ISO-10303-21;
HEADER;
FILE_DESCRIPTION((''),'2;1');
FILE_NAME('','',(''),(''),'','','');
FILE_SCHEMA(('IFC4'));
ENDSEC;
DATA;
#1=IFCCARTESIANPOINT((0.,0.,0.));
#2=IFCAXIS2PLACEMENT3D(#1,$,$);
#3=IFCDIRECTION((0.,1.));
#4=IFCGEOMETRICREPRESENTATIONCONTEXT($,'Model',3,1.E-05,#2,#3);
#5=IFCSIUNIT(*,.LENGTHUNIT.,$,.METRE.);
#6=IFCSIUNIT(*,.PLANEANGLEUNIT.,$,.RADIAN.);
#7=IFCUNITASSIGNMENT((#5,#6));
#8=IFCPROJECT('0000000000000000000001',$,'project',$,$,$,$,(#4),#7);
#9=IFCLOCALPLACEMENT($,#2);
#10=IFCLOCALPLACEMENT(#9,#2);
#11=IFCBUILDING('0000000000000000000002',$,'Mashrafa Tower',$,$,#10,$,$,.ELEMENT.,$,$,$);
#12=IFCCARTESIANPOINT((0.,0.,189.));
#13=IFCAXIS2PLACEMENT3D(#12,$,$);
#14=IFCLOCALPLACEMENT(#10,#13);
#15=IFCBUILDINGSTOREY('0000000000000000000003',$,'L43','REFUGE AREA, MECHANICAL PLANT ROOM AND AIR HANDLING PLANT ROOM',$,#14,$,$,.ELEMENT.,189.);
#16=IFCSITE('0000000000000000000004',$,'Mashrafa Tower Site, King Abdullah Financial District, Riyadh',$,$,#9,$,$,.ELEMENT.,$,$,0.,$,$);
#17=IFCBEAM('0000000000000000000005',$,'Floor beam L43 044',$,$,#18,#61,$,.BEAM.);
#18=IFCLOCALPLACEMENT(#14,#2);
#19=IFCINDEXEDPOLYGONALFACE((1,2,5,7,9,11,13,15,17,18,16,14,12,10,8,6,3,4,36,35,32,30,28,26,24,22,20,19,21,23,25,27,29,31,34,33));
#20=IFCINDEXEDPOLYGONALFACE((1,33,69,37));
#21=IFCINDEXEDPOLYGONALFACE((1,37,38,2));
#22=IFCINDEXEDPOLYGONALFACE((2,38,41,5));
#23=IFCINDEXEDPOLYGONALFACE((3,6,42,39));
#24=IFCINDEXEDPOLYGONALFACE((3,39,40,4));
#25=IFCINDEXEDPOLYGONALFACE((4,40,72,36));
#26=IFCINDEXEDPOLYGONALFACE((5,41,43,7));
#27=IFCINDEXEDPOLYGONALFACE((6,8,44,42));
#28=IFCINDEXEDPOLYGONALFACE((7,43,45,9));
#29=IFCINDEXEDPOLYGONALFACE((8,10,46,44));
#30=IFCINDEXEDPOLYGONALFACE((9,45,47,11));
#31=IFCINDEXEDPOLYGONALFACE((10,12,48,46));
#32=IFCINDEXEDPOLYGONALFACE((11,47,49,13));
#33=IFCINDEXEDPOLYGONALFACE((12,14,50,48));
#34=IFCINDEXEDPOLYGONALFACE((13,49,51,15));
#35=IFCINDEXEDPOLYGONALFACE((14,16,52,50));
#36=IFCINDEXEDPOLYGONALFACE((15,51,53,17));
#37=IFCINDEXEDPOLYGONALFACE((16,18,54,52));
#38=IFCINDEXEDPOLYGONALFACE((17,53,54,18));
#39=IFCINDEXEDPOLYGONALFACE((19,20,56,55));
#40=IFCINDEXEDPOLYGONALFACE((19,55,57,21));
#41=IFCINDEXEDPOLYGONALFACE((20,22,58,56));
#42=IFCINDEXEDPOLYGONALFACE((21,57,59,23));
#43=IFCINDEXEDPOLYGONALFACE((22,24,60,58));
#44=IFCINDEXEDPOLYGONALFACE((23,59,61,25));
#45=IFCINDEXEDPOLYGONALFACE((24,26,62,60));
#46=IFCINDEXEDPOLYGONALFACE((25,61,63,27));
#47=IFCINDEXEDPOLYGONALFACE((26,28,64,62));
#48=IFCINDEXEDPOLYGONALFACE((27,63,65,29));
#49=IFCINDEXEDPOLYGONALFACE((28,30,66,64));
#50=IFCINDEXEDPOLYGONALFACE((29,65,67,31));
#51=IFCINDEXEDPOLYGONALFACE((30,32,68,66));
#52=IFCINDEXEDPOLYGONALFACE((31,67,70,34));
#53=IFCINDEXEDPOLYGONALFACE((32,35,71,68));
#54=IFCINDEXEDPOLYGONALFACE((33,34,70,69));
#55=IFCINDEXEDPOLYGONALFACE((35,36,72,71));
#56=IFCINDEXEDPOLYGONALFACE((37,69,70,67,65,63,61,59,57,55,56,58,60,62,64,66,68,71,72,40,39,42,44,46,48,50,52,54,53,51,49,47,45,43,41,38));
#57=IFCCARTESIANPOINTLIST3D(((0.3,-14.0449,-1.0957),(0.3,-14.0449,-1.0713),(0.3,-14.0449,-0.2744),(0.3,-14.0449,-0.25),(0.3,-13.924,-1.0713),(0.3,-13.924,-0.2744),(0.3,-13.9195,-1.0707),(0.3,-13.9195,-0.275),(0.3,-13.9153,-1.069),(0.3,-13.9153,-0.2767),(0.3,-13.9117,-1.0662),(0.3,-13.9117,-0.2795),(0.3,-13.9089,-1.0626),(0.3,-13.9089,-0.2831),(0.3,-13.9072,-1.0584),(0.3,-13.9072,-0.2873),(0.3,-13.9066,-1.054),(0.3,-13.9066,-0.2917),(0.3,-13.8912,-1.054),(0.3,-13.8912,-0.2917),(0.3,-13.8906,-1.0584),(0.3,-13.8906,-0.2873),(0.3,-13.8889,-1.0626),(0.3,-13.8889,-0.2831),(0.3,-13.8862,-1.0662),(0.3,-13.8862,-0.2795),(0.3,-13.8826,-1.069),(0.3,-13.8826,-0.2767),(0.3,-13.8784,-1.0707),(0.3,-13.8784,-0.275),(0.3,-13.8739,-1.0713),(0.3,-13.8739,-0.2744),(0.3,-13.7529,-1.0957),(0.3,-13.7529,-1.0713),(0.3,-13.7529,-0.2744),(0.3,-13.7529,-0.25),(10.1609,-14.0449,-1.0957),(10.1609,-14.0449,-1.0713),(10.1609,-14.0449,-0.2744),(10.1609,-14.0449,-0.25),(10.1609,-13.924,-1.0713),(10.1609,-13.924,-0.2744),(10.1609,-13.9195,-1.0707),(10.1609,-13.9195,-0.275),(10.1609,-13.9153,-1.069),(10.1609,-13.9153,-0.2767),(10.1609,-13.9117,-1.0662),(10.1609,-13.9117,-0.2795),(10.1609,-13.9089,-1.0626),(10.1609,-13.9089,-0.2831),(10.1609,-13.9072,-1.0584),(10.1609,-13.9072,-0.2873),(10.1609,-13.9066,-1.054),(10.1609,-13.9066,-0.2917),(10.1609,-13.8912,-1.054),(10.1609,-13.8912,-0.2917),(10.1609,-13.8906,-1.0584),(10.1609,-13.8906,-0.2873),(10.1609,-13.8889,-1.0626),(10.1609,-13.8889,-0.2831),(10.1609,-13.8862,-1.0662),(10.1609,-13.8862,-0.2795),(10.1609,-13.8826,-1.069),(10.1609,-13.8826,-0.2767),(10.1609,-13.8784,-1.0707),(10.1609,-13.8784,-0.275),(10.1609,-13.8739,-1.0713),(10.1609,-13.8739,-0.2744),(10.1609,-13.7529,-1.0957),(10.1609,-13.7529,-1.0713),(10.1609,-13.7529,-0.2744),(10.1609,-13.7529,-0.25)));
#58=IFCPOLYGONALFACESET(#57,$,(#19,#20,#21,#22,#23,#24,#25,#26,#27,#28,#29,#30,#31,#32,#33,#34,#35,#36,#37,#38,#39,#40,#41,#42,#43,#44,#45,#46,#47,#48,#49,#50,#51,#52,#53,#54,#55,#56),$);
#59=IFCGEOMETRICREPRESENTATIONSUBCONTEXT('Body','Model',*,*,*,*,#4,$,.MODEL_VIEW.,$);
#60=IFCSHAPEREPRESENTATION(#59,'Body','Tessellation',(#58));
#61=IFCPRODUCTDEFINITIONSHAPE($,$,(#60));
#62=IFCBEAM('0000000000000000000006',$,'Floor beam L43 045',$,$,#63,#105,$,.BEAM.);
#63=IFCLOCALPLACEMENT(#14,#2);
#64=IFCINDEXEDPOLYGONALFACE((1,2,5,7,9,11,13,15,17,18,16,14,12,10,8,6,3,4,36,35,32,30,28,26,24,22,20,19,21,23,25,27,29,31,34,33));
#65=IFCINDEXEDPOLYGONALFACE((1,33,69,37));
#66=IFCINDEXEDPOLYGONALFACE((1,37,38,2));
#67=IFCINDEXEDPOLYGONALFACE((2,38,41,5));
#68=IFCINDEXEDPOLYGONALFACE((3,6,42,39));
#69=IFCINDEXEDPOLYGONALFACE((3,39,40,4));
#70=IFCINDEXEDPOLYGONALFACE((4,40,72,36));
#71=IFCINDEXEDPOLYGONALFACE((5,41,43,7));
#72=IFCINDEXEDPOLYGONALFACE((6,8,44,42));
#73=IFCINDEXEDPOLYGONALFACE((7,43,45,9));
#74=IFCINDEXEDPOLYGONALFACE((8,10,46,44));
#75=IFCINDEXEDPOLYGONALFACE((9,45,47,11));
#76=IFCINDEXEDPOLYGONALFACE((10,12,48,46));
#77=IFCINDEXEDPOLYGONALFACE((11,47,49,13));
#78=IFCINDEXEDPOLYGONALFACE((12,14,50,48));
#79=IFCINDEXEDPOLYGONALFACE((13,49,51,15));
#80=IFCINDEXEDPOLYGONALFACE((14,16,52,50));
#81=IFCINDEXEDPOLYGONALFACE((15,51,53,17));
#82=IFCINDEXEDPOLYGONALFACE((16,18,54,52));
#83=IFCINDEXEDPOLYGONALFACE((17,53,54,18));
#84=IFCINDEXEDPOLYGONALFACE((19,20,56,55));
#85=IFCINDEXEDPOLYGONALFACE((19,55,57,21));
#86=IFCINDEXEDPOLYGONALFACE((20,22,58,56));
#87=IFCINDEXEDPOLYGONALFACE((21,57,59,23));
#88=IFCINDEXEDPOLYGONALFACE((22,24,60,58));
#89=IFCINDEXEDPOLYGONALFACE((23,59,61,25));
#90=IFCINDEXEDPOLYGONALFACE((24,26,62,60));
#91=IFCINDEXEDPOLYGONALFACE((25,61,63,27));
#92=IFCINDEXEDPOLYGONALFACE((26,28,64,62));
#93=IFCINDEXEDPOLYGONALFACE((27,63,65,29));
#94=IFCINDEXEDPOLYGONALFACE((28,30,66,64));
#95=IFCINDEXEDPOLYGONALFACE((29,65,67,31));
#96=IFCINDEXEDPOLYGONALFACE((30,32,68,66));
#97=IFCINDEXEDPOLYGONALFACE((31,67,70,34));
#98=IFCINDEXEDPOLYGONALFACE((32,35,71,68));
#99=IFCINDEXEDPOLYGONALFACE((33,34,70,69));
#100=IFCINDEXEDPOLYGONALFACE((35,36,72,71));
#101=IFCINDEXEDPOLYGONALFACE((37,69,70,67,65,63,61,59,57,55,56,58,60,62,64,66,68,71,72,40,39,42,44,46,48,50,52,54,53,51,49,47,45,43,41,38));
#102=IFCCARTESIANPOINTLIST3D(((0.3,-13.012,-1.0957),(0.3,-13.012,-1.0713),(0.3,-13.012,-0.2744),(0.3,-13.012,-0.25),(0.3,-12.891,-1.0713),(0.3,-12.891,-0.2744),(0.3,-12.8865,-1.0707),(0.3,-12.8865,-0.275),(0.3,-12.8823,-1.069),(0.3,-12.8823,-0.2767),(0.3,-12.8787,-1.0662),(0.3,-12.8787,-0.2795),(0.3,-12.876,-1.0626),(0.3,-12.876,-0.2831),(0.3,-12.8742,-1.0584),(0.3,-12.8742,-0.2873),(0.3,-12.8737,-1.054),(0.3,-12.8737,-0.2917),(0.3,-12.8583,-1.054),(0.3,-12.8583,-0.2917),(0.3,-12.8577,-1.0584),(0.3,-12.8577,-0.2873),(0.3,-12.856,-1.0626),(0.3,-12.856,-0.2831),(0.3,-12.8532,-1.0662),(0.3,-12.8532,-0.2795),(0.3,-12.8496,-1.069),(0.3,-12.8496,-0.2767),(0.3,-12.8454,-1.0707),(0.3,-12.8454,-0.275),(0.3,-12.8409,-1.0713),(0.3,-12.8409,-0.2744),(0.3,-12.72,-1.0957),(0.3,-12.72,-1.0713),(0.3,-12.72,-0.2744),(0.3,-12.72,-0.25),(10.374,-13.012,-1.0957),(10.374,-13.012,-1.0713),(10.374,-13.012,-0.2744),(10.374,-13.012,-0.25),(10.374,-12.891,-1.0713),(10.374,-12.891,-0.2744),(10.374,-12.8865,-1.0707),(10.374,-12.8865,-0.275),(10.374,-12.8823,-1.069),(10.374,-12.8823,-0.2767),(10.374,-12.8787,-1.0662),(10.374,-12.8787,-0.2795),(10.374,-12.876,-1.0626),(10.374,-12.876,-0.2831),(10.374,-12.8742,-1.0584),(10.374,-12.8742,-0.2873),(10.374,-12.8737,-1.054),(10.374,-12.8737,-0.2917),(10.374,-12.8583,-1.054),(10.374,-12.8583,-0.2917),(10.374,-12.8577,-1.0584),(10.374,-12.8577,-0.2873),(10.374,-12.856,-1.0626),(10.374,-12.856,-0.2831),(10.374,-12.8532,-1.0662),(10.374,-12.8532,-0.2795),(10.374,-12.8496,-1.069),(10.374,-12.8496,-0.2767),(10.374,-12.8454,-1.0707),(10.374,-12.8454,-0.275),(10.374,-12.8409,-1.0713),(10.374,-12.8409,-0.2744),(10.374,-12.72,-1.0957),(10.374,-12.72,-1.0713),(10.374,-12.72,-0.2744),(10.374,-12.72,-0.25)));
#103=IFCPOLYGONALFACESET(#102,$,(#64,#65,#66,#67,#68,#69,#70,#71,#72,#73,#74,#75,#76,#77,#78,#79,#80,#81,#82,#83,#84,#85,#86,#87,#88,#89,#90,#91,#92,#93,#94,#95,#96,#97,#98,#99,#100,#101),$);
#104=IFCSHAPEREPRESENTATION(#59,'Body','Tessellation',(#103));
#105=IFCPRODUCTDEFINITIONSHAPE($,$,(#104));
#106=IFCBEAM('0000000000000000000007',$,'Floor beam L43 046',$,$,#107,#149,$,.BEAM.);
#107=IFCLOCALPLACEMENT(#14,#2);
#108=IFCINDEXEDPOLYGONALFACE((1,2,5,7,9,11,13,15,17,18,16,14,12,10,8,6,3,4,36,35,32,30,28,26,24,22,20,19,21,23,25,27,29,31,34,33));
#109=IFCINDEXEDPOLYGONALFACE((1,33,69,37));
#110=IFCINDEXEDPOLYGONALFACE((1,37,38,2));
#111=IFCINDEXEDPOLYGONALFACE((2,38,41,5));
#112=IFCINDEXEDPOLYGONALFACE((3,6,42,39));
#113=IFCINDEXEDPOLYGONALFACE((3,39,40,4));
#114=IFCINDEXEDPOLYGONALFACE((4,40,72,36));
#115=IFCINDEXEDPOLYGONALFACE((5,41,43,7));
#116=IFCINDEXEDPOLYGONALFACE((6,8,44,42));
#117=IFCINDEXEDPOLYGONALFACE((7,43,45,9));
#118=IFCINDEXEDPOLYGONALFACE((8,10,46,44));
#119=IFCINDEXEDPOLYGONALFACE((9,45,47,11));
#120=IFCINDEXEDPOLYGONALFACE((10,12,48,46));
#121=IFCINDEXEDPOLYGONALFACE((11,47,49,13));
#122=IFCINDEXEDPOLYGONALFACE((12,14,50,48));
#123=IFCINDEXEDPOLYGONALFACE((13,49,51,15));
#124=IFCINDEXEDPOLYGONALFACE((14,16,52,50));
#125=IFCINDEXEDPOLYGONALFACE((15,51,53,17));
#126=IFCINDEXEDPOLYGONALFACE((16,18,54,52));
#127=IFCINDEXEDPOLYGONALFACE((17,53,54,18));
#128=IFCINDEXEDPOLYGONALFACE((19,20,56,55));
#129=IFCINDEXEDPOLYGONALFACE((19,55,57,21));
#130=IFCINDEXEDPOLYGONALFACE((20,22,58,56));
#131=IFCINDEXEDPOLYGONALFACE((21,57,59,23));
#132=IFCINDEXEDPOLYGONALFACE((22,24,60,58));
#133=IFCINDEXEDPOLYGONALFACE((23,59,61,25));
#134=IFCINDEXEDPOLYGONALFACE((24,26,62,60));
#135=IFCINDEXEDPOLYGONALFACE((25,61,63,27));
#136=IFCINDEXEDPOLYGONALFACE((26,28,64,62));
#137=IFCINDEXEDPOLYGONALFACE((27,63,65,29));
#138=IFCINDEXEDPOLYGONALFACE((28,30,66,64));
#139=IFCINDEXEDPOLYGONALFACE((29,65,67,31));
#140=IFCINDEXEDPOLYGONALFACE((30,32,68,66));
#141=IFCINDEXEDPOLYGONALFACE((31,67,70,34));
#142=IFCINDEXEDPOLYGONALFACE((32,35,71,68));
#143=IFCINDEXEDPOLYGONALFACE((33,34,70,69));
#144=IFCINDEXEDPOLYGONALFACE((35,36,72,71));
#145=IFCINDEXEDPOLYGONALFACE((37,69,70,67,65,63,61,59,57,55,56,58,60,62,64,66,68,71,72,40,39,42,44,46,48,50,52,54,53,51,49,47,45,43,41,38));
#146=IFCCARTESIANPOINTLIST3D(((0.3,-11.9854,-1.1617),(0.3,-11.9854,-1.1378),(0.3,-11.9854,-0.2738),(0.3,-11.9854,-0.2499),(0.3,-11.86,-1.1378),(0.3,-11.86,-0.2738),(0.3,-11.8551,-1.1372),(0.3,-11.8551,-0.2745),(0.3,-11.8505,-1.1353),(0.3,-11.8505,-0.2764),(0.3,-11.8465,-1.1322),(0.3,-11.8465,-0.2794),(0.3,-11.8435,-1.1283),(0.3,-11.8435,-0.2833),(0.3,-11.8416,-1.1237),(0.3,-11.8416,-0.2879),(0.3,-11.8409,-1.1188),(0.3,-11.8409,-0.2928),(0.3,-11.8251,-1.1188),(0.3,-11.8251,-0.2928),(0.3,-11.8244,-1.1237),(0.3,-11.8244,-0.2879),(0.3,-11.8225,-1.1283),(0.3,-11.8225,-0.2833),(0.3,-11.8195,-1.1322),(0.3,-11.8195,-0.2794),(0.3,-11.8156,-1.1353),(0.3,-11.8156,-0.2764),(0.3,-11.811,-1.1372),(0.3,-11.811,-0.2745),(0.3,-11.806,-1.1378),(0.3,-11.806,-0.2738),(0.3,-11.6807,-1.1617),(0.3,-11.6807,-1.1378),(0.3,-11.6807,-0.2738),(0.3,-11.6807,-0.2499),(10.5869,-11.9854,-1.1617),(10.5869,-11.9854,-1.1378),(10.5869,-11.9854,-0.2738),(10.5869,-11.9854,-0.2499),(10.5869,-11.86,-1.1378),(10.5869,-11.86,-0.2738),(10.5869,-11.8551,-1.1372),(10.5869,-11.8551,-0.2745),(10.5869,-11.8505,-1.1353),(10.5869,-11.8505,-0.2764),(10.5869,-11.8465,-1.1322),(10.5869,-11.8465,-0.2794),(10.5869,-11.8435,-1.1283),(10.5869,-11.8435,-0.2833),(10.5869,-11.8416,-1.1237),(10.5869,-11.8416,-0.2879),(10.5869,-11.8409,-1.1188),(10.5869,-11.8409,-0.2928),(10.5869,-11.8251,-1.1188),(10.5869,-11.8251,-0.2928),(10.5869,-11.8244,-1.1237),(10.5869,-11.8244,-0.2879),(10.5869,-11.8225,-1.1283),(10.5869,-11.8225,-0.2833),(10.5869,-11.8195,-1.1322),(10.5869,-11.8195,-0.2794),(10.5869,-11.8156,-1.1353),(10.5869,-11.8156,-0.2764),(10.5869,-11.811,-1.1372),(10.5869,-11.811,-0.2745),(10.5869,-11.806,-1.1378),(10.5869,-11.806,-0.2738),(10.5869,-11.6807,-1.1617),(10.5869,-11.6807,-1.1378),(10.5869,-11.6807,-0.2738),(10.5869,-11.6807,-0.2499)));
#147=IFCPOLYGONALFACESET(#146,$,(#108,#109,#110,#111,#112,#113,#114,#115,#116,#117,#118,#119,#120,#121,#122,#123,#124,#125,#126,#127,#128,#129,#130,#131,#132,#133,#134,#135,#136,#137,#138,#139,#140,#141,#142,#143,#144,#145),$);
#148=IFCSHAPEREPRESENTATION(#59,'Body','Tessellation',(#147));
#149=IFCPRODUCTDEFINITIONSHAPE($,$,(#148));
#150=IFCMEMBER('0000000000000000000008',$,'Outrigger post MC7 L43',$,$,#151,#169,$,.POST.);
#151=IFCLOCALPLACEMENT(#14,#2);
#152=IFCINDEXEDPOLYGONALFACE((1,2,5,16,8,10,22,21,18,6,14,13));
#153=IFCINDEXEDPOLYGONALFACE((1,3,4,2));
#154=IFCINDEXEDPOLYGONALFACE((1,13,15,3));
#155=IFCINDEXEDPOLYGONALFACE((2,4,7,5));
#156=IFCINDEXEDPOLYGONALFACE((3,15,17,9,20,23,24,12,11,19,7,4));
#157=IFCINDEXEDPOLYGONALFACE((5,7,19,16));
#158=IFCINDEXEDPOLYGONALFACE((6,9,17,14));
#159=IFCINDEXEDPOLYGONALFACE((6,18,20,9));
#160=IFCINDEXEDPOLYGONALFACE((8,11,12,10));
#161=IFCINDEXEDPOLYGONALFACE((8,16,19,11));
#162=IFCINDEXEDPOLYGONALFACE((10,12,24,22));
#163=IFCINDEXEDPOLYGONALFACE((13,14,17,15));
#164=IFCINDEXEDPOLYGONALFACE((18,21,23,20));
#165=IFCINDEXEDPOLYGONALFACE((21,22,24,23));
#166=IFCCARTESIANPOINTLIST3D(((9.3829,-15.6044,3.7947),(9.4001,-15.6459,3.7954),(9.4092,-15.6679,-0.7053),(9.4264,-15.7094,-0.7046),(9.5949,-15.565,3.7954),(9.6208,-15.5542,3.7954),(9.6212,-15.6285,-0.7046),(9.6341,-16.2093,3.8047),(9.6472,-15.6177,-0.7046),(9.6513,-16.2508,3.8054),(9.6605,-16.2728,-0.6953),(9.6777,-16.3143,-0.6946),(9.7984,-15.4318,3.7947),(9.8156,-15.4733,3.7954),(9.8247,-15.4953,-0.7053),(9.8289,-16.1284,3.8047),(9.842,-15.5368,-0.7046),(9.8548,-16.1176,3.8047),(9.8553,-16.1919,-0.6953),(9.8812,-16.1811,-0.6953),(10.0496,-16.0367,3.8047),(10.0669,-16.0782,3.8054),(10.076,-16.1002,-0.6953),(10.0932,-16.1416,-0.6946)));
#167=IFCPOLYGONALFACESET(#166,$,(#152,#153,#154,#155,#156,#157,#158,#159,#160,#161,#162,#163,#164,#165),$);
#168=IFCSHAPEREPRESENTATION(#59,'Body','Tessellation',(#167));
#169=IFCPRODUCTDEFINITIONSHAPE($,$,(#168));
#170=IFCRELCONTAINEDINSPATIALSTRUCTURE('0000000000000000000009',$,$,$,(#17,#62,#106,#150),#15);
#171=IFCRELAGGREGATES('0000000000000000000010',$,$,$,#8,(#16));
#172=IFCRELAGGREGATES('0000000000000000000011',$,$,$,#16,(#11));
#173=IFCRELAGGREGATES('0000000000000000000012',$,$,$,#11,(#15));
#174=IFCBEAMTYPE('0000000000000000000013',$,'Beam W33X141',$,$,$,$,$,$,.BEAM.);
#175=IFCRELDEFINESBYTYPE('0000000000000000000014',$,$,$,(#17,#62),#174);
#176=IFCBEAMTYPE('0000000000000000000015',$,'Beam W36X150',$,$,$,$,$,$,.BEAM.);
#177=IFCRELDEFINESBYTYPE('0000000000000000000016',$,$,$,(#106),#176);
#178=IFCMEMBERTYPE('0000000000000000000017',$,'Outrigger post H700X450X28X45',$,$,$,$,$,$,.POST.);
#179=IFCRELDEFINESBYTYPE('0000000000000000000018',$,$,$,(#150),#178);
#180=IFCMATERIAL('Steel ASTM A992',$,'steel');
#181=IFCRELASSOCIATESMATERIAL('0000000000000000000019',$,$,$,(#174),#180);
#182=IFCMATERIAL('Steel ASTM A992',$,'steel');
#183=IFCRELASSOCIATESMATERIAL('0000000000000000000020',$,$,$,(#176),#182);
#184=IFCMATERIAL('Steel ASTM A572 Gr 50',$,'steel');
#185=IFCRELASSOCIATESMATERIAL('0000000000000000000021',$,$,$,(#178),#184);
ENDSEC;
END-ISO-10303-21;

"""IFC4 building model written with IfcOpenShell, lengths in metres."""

from ifc_helpers import new_model, si_unit, direction, frame, origin, origin_2d, place, context, subcontext, project, spatial, i_section, extrude, source, transform, mapped, material, material_profile, profile_set, type_object, type_shapes, element, save


model = new_model("IFC4")

# Units and contexts
model_context = context("Model", 3, precision=1e-05, world=origin(), true_north=direction((0.0, 1.0)))
body_context = subcontext(model_context, "Body", "Model", "MODEL_VIEW")
ifc_project = project(units=[si_unit("LENGTHUNIT", "METRE"), si_unit("PLANEANGLEUNIT", "RADIAN")], contexts=[model_context])

# Site, building, storey
site_placement = place(None, origin())
site = spatial("IfcSite", under=ifc_project, at=site_placement, Name="Mashrafa Tower Site, King Abdullah Financial District, Riyadh", CompositionType="ELEMENT", RefElevation=0.0)
building_placement = place(site_placement, origin())
building = spatial("IfcBuilding", under=site, at=building_placement, Name="Mashrafa Tower", CompositionType="ELEMENT")
storey_placement = place(building_placement, frame((0.0, 0.0, 189.0)))
storey = spatial("IfcBuildingStorey", under=building, at=storey_placement, Name="L43", Description="REFUGE AREA, MECHANICAL PLANT ROOM AND AIR HANDLING PLANT ROOM", CompositionType="ELEMENT", Elevation=189.0)

# Beams
ifc_material_1 = material(Name="Steel ASTM A992", Category="steel")
ifc_material_profile_1 = material_profile(ifc_material_1, i_section(OverallWidth=0.292, OverallDepth=0.8457, WebThickness=0.0154, FlangeThickness=0.0244, FilletRadius=0.0173, at=origin_2d()), Name="W33X141")
ifc_profile_set_1 = profile_set([ifc_material_profile_1], Name="Steel ASTM A992")
beam_type_1 = type_object("IfcBeamType", Name="Beam W33X141", PredefinedType="BEAM", material=ifc_profile_set_1)
beam_1_placement = place(storey_placement, frame((10.1609, -13.8989, -0.6729), z_axis=(-1.0, 0.0, 0.0), x_axis=(0.0, -1.0, 0.0)))
element("IfcBeam", 1, at=beam_1_placement, inside=storey, type_object=beam_type_1, Name="Floor beam L43 044", PredefinedType="BEAM", context=body_context, shape_type="SweptSolid", body=[
    extrude(i_section(OverallWidth=0.292, OverallDepth=0.8457, WebThickness=0.0154, FlangeThickness=0.0244, FilletRadius=0.0173, at=origin_2d()), origin(), (0.0, 0.0, 1.0), 9.8608),
])
beam_2_placement = place(storey_placement, frame((10.374, -12.866, -0.6729), z_axis=(-1.0, 0.0, 0.0), x_axis=(0.0, -1.0, 0.0)))
element("IfcBeam", 2, at=beam_2_placement, inside=storey, type_object=beam_type_1, Name="Floor beam L43 045", PredefinedType="BEAM", context=body_context, shape_type="SweptSolid", body=[
    extrude(i_section(OverallWidth=0.292, OverallDepth=0.8457, WebThickness=0.0154, FlangeThickness=0.0244, FilletRadius=0.0173, at=origin_2d()), origin(), (0.0, 0.0, 1.0), 10.074),
])
ifc_material_2 = material(Name="Steel ASTM A992", Category="steel")
ifc_material_profile_2 = material_profile(ifc_material_2, i_section(OverallWidth=0.3047, OverallDepth=0.9119, WebThickness=0.0159, FlangeThickness=0.0239, FilletRadius=0.019, at=origin_2d()), Name="W36X150")
ifc_profile_set_2 = profile_set([ifc_material_profile_2], Name="Steel ASTM A992")
beam_type_2 = type_object("IfcBeamType", Name="Beam W36X150", PredefinedType="BEAM", material=ifc_profile_set_2)
beam_3_placement = place(storey_placement, frame((10.5869, -11.833, -0.7058), z_axis=(-1.0, 0.0, 0.0), x_axis=(0.0, -1.0, 0.0)))
element("IfcBeam", 3, at=beam_3_placement, inside=storey, type_object=beam_type_2, Name="Floor beam L43 046", PredefinedType="BEAM", context=body_context, shape_type="SweptSolid", body=[
    extrude(i_section(OverallWidth=0.3047, OverallDepth=0.9119, WebThickness=0.0159, FlangeThickness=0.0239, FilletRadius=0.019, at=origin_2d()), origin(), (0.0, 0.0, 1.0), 10.2869),
])

# Member
ifc_material_3 = material(Name="Steel ASTM A572 Gr 50", Category="steel")
ifc_material_profile_3 = material_profile(ifc_material_3, i_section(OverallWidth=0.45, OverallDepth=0.7, WebThickness=0.0281, FlangeThickness=0.0449, at=origin_2d()), Name="H700X450X28X45")
ifc_profile_set_3 = profile_set([ifc_material_profile_3], Name="Steel ASTM A572 Gr 50")
member_type_1 = type_object("IfcMemberType", Name="Outrigger post H700X450X28X45", PredefinedType="POST", material=ifc_profile_set_3)
shared_shape_1 = source(origin(), body_context, "Body", "SweptSolid", [
    extrude(i_section(OverallWidth=0.45, OverallDepth=0.7, WebThickness=0.0281, FlangeThickness=0.0449, at=origin_2d()), origin(), (0.0, 0.0, 1.0), 4.5005),
])
type_shapes(member_type_1, [shared_shape_1])
member_1_placement = place(storey_placement, frame((9.7512, -15.9048, -0.7), z_axis=(-0.005859, 0.014104, 0.999883), x_axis=(-0.923497, -0.383606, 0.0)))
element("IfcMember", 4, at=member_1_placement, inside=storey, type_object=member_type_1, Name="Outrigger post MC7 L43", PredefinedType="POST", context=body_context, shape_type="MappedRepresentation", body=[
    mapped(shared_shape_1, transform((0.0, 0.0, 0.0))),
])

save(model, "model.ifc")
